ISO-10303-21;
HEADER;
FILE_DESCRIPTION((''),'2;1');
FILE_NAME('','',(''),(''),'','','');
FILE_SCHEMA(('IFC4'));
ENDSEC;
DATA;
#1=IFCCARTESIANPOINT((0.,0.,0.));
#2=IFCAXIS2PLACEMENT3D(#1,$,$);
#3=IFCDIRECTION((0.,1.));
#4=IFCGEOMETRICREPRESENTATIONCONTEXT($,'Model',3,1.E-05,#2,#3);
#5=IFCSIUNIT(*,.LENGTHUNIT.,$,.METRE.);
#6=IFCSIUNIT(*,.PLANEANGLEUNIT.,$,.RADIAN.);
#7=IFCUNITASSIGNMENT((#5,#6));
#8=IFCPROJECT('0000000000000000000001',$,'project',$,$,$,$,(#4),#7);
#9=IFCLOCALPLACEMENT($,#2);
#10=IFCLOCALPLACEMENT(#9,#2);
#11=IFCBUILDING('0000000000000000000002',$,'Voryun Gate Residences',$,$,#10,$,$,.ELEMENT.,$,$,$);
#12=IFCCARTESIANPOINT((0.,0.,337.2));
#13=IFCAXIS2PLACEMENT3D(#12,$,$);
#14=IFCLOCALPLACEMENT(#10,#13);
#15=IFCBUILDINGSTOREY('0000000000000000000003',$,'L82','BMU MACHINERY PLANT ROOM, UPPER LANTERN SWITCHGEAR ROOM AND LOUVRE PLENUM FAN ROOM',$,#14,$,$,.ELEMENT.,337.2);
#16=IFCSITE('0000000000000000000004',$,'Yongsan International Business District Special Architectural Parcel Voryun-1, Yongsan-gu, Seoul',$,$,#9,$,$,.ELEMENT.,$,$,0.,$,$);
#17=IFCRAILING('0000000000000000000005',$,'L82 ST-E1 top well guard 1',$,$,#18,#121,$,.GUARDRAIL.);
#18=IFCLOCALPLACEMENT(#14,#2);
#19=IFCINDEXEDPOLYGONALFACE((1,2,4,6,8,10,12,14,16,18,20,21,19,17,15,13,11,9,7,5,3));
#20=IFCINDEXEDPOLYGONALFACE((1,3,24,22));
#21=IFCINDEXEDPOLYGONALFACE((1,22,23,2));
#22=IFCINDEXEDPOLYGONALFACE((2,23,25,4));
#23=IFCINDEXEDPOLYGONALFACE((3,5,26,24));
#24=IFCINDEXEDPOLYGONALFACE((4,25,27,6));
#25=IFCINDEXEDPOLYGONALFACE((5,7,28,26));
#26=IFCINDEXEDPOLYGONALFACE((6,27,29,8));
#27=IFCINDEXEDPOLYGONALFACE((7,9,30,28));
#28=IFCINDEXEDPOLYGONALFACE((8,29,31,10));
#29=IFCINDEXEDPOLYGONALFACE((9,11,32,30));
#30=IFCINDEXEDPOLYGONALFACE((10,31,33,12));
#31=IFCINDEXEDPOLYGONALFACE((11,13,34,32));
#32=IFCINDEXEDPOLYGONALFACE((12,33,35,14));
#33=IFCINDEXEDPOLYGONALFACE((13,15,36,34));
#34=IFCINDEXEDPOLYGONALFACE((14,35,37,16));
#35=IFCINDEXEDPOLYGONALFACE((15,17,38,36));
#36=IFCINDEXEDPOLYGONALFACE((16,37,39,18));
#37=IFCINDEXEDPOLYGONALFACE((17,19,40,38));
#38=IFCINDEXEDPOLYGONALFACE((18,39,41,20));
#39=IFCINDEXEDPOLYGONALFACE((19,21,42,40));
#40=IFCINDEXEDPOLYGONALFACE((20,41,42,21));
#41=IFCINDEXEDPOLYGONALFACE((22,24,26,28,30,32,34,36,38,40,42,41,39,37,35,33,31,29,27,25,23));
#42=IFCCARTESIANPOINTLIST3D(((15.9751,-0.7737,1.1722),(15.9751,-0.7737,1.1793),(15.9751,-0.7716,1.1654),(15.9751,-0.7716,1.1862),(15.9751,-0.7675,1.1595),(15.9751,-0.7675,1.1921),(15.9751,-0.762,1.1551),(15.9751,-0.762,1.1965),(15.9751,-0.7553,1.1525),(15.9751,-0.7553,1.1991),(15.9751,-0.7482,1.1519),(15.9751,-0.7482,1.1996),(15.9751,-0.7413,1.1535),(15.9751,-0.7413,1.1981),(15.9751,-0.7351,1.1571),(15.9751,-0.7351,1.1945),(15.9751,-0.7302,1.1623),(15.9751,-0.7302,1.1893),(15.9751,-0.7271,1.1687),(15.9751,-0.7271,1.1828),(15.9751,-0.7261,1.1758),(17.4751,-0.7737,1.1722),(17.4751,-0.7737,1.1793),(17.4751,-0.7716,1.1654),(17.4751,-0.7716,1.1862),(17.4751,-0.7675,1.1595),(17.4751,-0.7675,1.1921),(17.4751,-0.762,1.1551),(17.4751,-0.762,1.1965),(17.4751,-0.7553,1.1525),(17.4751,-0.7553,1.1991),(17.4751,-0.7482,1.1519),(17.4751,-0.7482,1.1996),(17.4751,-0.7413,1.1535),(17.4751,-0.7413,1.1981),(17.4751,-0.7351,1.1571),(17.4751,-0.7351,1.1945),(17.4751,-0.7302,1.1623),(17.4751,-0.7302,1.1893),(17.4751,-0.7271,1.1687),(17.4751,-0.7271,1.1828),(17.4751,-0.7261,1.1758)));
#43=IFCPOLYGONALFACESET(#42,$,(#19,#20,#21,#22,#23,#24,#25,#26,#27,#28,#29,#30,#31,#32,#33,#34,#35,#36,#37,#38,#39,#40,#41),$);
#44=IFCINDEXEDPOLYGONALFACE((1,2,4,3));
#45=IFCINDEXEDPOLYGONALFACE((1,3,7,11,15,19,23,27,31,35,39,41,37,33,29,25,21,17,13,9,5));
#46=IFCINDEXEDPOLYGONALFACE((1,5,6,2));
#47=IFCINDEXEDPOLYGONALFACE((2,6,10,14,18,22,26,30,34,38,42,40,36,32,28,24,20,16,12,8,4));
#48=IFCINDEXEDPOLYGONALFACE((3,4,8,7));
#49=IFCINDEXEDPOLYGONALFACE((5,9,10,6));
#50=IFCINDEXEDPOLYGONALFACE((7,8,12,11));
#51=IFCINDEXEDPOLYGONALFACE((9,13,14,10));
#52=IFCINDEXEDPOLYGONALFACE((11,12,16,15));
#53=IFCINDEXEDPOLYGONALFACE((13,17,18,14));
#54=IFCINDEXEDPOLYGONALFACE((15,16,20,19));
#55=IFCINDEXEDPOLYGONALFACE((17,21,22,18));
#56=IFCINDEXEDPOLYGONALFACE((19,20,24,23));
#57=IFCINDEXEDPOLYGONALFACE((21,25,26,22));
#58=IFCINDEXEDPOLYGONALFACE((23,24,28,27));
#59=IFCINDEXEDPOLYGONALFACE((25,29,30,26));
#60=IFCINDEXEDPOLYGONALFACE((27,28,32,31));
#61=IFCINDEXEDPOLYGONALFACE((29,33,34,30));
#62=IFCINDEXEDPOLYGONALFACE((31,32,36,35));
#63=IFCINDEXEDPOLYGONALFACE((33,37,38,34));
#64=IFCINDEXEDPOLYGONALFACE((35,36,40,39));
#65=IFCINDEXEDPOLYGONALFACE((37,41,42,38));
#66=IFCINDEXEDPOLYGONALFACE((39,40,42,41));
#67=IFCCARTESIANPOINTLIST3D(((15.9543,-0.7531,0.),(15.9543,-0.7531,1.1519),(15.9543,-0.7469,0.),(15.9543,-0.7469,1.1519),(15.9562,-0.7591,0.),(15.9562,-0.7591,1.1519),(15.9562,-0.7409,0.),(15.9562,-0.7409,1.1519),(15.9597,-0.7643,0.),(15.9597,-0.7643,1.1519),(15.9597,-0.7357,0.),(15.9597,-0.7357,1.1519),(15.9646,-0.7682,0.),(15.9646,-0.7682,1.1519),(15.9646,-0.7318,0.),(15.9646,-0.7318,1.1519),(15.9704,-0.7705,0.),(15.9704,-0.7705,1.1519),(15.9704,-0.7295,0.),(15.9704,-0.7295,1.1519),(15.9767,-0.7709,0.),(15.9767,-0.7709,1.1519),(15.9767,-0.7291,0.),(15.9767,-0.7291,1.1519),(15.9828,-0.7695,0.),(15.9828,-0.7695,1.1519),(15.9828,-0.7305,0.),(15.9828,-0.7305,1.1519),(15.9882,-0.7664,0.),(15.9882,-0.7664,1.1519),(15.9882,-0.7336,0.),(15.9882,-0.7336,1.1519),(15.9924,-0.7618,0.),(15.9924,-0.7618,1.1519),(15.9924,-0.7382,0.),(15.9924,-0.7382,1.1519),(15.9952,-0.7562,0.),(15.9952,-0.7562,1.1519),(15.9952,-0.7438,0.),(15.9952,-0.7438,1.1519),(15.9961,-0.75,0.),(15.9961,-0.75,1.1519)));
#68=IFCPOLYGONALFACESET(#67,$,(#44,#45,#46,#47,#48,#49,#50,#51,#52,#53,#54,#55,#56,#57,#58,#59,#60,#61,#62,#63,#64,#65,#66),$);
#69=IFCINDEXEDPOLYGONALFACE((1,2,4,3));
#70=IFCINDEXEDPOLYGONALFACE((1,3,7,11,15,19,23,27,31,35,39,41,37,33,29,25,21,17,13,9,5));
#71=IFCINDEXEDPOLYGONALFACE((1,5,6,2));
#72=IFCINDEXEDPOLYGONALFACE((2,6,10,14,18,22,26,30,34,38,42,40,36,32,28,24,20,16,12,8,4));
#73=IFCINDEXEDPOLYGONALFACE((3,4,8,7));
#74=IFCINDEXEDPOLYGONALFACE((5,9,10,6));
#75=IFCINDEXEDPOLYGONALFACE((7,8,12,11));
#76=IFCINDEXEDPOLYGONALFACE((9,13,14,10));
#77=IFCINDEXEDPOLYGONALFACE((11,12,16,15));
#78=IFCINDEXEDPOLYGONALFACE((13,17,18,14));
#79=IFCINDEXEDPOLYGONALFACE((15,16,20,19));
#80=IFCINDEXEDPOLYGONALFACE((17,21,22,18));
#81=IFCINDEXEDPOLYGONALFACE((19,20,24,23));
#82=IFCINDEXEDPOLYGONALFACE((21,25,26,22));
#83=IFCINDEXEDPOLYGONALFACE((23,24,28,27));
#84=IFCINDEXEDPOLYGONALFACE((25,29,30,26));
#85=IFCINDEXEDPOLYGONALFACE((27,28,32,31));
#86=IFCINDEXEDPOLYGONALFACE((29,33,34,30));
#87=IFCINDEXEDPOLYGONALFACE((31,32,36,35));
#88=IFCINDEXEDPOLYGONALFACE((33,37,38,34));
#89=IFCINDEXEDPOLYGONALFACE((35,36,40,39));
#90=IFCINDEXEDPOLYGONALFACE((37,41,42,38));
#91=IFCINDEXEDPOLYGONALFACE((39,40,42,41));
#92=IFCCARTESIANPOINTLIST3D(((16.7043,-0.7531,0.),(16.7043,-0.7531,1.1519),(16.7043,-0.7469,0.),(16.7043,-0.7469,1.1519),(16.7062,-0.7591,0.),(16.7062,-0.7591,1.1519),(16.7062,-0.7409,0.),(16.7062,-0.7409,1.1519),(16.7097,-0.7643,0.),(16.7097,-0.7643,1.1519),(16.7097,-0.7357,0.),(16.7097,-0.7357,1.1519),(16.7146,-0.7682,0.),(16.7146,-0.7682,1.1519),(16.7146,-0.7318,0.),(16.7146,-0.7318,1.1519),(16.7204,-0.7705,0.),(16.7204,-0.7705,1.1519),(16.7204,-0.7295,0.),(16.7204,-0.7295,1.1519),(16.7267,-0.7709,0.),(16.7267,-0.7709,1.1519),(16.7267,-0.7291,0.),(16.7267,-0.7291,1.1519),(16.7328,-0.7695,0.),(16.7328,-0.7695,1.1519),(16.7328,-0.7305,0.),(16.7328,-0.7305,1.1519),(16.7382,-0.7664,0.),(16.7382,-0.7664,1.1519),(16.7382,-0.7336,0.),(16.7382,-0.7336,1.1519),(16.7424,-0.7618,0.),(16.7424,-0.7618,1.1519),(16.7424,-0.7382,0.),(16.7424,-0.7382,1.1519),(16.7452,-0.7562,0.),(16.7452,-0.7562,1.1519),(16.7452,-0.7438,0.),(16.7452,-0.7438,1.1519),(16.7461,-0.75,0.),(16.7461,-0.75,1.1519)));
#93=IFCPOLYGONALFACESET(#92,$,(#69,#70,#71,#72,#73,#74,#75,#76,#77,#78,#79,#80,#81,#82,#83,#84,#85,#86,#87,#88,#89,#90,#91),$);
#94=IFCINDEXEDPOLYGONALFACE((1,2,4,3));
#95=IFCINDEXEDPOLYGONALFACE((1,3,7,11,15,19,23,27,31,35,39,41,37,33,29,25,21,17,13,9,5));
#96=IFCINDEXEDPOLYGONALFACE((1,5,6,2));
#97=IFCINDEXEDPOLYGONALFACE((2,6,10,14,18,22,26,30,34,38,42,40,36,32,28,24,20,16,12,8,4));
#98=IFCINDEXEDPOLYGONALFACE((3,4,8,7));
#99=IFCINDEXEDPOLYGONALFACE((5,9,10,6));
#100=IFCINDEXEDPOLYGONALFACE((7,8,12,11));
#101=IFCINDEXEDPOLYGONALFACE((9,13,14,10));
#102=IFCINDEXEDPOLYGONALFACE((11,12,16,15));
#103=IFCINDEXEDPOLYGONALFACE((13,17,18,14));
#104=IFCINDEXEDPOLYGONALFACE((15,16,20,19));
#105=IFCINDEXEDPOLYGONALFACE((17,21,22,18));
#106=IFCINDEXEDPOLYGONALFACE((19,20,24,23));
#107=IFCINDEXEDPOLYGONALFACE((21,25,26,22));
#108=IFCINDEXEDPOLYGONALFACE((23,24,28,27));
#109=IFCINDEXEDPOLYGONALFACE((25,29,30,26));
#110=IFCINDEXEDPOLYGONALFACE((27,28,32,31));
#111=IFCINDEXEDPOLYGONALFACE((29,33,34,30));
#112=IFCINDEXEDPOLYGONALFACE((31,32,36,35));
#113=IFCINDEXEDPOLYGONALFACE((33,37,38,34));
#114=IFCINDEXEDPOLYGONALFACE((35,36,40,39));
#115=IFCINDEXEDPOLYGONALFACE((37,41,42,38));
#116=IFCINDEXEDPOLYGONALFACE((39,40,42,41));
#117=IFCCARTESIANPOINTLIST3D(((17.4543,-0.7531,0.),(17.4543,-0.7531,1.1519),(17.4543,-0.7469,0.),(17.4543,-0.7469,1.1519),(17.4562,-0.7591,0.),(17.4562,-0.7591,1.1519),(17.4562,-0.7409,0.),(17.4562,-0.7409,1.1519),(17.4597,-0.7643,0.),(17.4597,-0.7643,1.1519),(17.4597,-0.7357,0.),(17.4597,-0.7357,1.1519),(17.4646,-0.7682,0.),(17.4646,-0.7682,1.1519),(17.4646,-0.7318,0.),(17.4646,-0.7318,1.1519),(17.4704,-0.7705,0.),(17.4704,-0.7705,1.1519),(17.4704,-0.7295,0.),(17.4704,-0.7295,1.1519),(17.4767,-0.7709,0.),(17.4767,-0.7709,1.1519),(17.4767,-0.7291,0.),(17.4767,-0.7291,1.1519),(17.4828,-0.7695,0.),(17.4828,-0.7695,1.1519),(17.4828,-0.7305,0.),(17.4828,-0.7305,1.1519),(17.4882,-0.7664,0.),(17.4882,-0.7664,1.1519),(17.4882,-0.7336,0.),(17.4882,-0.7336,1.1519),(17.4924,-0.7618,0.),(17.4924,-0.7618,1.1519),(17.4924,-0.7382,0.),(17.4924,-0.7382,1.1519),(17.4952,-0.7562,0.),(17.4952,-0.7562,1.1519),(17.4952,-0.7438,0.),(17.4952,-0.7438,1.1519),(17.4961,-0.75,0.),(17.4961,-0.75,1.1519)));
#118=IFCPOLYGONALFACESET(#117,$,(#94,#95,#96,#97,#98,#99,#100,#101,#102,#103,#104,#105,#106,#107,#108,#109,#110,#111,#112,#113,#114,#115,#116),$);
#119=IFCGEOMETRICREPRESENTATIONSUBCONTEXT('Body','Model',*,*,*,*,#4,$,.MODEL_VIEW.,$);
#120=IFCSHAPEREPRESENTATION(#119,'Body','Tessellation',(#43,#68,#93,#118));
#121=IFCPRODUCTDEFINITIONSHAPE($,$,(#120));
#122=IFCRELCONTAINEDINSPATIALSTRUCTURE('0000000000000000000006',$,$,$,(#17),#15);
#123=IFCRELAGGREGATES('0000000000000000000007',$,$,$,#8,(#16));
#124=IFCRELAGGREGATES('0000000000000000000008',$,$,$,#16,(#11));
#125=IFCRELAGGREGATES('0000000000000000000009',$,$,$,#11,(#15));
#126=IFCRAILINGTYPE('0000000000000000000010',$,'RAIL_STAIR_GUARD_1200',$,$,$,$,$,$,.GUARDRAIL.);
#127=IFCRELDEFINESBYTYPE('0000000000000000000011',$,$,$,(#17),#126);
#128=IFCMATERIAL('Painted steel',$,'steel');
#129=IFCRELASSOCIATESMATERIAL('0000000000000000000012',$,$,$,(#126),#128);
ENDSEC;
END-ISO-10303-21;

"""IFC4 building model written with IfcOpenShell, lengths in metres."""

from ifc_helpers import new_model, si_unit, direction, frame, origin, origin_2d, place, context, subcontext, project, spatial, circle, extrude, material, type_object, element, save


model = new_model("IFC4")

# Units and contexts
model_context = context("Model", 3, precision=1e-05, world=origin(), true_north=direction((0.0, 1.0)))
body_context = subcontext(model_context, "Body", "Model", "MODEL_VIEW")
ifc_project = project(units=[si_unit("LENGTHUNIT", "METRE"), si_unit("PLANEANGLEUNIT", "RADIAN")], contexts=[model_context])

# Site, building, storey
site_placement = place(None, origin())
site = spatial("IfcSite", under=ifc_project, at=site_placement, Name="Yongsan International Business District Special Architectural Parcel Voryun-1, Yongsan-gu, Seoul", CompositionType="ELEMENT", RefElevation=0.0)
building_placement = place(site_placement, origin())
building = spatial("IfcBuilding", under=site, at=building_placement, Name="Voryun Gate Residences", CompositionType="ELEMENT")
storey_placement = place(building_placement, frame((0.0, 0.0, 337.2)))
storey = spatial("IfcBuildingStorey", under=building, at=storey_placement, Name="L82", Description="BMU MACHINERY PLANT ROOM, UPPER LANTERN SWITCHGEAR ROOM AND LOUVRE PLENUM FAN ROOM", CompositionType="ELEMENT", Elevation=337.2)

# Railing
ifc_material_1 = material(Name="Painted steel", Category="steel")
railing_type = type_object("IfcRailingType", Name="RAIL_STAIR_GUARD_1200", PredefinedType="GUARDRAIL", material=ifc_material_1)
railing_1_placement = place(storey_placement, frame((15.9751, -0.75, 0.0)))
element("IfcRailing", 1, at=railing_1_placement, inside=storey, type_object=railing_type, Name="L82 ST-E1 top well guard 1", PredefinedType="GUARDRAIL", context=body_context, shape_type="SweptSolid", body=[
    extrude(circle(Radius=0.0239, at=origin_2d()), frame((0.0, 0.0, 1.1758), z_axis=(1.0, 0.0, 0.0), x_axis=(0.0, 1.0, 0.0)), (0.0, 0.0, 1.0), 1.5),
    extrude(circle(Radius=0.021, at=origin_2d()), origin(), (0.0, 0.0, 1.0), 1.1519),
    extrude(circle(Radius=0.021, at=origin_2d()), frame((0.75, 0.0, 0.0)), (0.0, 0.0, 1.0), 1.1519),
    extrude(circle(Radius=0.021, at=origin_2d()), frame((1.5, 0.0, 0.0)), (0.0, 0.0, 1.0), 1.1519),
])

save(model, "model.ifc")
